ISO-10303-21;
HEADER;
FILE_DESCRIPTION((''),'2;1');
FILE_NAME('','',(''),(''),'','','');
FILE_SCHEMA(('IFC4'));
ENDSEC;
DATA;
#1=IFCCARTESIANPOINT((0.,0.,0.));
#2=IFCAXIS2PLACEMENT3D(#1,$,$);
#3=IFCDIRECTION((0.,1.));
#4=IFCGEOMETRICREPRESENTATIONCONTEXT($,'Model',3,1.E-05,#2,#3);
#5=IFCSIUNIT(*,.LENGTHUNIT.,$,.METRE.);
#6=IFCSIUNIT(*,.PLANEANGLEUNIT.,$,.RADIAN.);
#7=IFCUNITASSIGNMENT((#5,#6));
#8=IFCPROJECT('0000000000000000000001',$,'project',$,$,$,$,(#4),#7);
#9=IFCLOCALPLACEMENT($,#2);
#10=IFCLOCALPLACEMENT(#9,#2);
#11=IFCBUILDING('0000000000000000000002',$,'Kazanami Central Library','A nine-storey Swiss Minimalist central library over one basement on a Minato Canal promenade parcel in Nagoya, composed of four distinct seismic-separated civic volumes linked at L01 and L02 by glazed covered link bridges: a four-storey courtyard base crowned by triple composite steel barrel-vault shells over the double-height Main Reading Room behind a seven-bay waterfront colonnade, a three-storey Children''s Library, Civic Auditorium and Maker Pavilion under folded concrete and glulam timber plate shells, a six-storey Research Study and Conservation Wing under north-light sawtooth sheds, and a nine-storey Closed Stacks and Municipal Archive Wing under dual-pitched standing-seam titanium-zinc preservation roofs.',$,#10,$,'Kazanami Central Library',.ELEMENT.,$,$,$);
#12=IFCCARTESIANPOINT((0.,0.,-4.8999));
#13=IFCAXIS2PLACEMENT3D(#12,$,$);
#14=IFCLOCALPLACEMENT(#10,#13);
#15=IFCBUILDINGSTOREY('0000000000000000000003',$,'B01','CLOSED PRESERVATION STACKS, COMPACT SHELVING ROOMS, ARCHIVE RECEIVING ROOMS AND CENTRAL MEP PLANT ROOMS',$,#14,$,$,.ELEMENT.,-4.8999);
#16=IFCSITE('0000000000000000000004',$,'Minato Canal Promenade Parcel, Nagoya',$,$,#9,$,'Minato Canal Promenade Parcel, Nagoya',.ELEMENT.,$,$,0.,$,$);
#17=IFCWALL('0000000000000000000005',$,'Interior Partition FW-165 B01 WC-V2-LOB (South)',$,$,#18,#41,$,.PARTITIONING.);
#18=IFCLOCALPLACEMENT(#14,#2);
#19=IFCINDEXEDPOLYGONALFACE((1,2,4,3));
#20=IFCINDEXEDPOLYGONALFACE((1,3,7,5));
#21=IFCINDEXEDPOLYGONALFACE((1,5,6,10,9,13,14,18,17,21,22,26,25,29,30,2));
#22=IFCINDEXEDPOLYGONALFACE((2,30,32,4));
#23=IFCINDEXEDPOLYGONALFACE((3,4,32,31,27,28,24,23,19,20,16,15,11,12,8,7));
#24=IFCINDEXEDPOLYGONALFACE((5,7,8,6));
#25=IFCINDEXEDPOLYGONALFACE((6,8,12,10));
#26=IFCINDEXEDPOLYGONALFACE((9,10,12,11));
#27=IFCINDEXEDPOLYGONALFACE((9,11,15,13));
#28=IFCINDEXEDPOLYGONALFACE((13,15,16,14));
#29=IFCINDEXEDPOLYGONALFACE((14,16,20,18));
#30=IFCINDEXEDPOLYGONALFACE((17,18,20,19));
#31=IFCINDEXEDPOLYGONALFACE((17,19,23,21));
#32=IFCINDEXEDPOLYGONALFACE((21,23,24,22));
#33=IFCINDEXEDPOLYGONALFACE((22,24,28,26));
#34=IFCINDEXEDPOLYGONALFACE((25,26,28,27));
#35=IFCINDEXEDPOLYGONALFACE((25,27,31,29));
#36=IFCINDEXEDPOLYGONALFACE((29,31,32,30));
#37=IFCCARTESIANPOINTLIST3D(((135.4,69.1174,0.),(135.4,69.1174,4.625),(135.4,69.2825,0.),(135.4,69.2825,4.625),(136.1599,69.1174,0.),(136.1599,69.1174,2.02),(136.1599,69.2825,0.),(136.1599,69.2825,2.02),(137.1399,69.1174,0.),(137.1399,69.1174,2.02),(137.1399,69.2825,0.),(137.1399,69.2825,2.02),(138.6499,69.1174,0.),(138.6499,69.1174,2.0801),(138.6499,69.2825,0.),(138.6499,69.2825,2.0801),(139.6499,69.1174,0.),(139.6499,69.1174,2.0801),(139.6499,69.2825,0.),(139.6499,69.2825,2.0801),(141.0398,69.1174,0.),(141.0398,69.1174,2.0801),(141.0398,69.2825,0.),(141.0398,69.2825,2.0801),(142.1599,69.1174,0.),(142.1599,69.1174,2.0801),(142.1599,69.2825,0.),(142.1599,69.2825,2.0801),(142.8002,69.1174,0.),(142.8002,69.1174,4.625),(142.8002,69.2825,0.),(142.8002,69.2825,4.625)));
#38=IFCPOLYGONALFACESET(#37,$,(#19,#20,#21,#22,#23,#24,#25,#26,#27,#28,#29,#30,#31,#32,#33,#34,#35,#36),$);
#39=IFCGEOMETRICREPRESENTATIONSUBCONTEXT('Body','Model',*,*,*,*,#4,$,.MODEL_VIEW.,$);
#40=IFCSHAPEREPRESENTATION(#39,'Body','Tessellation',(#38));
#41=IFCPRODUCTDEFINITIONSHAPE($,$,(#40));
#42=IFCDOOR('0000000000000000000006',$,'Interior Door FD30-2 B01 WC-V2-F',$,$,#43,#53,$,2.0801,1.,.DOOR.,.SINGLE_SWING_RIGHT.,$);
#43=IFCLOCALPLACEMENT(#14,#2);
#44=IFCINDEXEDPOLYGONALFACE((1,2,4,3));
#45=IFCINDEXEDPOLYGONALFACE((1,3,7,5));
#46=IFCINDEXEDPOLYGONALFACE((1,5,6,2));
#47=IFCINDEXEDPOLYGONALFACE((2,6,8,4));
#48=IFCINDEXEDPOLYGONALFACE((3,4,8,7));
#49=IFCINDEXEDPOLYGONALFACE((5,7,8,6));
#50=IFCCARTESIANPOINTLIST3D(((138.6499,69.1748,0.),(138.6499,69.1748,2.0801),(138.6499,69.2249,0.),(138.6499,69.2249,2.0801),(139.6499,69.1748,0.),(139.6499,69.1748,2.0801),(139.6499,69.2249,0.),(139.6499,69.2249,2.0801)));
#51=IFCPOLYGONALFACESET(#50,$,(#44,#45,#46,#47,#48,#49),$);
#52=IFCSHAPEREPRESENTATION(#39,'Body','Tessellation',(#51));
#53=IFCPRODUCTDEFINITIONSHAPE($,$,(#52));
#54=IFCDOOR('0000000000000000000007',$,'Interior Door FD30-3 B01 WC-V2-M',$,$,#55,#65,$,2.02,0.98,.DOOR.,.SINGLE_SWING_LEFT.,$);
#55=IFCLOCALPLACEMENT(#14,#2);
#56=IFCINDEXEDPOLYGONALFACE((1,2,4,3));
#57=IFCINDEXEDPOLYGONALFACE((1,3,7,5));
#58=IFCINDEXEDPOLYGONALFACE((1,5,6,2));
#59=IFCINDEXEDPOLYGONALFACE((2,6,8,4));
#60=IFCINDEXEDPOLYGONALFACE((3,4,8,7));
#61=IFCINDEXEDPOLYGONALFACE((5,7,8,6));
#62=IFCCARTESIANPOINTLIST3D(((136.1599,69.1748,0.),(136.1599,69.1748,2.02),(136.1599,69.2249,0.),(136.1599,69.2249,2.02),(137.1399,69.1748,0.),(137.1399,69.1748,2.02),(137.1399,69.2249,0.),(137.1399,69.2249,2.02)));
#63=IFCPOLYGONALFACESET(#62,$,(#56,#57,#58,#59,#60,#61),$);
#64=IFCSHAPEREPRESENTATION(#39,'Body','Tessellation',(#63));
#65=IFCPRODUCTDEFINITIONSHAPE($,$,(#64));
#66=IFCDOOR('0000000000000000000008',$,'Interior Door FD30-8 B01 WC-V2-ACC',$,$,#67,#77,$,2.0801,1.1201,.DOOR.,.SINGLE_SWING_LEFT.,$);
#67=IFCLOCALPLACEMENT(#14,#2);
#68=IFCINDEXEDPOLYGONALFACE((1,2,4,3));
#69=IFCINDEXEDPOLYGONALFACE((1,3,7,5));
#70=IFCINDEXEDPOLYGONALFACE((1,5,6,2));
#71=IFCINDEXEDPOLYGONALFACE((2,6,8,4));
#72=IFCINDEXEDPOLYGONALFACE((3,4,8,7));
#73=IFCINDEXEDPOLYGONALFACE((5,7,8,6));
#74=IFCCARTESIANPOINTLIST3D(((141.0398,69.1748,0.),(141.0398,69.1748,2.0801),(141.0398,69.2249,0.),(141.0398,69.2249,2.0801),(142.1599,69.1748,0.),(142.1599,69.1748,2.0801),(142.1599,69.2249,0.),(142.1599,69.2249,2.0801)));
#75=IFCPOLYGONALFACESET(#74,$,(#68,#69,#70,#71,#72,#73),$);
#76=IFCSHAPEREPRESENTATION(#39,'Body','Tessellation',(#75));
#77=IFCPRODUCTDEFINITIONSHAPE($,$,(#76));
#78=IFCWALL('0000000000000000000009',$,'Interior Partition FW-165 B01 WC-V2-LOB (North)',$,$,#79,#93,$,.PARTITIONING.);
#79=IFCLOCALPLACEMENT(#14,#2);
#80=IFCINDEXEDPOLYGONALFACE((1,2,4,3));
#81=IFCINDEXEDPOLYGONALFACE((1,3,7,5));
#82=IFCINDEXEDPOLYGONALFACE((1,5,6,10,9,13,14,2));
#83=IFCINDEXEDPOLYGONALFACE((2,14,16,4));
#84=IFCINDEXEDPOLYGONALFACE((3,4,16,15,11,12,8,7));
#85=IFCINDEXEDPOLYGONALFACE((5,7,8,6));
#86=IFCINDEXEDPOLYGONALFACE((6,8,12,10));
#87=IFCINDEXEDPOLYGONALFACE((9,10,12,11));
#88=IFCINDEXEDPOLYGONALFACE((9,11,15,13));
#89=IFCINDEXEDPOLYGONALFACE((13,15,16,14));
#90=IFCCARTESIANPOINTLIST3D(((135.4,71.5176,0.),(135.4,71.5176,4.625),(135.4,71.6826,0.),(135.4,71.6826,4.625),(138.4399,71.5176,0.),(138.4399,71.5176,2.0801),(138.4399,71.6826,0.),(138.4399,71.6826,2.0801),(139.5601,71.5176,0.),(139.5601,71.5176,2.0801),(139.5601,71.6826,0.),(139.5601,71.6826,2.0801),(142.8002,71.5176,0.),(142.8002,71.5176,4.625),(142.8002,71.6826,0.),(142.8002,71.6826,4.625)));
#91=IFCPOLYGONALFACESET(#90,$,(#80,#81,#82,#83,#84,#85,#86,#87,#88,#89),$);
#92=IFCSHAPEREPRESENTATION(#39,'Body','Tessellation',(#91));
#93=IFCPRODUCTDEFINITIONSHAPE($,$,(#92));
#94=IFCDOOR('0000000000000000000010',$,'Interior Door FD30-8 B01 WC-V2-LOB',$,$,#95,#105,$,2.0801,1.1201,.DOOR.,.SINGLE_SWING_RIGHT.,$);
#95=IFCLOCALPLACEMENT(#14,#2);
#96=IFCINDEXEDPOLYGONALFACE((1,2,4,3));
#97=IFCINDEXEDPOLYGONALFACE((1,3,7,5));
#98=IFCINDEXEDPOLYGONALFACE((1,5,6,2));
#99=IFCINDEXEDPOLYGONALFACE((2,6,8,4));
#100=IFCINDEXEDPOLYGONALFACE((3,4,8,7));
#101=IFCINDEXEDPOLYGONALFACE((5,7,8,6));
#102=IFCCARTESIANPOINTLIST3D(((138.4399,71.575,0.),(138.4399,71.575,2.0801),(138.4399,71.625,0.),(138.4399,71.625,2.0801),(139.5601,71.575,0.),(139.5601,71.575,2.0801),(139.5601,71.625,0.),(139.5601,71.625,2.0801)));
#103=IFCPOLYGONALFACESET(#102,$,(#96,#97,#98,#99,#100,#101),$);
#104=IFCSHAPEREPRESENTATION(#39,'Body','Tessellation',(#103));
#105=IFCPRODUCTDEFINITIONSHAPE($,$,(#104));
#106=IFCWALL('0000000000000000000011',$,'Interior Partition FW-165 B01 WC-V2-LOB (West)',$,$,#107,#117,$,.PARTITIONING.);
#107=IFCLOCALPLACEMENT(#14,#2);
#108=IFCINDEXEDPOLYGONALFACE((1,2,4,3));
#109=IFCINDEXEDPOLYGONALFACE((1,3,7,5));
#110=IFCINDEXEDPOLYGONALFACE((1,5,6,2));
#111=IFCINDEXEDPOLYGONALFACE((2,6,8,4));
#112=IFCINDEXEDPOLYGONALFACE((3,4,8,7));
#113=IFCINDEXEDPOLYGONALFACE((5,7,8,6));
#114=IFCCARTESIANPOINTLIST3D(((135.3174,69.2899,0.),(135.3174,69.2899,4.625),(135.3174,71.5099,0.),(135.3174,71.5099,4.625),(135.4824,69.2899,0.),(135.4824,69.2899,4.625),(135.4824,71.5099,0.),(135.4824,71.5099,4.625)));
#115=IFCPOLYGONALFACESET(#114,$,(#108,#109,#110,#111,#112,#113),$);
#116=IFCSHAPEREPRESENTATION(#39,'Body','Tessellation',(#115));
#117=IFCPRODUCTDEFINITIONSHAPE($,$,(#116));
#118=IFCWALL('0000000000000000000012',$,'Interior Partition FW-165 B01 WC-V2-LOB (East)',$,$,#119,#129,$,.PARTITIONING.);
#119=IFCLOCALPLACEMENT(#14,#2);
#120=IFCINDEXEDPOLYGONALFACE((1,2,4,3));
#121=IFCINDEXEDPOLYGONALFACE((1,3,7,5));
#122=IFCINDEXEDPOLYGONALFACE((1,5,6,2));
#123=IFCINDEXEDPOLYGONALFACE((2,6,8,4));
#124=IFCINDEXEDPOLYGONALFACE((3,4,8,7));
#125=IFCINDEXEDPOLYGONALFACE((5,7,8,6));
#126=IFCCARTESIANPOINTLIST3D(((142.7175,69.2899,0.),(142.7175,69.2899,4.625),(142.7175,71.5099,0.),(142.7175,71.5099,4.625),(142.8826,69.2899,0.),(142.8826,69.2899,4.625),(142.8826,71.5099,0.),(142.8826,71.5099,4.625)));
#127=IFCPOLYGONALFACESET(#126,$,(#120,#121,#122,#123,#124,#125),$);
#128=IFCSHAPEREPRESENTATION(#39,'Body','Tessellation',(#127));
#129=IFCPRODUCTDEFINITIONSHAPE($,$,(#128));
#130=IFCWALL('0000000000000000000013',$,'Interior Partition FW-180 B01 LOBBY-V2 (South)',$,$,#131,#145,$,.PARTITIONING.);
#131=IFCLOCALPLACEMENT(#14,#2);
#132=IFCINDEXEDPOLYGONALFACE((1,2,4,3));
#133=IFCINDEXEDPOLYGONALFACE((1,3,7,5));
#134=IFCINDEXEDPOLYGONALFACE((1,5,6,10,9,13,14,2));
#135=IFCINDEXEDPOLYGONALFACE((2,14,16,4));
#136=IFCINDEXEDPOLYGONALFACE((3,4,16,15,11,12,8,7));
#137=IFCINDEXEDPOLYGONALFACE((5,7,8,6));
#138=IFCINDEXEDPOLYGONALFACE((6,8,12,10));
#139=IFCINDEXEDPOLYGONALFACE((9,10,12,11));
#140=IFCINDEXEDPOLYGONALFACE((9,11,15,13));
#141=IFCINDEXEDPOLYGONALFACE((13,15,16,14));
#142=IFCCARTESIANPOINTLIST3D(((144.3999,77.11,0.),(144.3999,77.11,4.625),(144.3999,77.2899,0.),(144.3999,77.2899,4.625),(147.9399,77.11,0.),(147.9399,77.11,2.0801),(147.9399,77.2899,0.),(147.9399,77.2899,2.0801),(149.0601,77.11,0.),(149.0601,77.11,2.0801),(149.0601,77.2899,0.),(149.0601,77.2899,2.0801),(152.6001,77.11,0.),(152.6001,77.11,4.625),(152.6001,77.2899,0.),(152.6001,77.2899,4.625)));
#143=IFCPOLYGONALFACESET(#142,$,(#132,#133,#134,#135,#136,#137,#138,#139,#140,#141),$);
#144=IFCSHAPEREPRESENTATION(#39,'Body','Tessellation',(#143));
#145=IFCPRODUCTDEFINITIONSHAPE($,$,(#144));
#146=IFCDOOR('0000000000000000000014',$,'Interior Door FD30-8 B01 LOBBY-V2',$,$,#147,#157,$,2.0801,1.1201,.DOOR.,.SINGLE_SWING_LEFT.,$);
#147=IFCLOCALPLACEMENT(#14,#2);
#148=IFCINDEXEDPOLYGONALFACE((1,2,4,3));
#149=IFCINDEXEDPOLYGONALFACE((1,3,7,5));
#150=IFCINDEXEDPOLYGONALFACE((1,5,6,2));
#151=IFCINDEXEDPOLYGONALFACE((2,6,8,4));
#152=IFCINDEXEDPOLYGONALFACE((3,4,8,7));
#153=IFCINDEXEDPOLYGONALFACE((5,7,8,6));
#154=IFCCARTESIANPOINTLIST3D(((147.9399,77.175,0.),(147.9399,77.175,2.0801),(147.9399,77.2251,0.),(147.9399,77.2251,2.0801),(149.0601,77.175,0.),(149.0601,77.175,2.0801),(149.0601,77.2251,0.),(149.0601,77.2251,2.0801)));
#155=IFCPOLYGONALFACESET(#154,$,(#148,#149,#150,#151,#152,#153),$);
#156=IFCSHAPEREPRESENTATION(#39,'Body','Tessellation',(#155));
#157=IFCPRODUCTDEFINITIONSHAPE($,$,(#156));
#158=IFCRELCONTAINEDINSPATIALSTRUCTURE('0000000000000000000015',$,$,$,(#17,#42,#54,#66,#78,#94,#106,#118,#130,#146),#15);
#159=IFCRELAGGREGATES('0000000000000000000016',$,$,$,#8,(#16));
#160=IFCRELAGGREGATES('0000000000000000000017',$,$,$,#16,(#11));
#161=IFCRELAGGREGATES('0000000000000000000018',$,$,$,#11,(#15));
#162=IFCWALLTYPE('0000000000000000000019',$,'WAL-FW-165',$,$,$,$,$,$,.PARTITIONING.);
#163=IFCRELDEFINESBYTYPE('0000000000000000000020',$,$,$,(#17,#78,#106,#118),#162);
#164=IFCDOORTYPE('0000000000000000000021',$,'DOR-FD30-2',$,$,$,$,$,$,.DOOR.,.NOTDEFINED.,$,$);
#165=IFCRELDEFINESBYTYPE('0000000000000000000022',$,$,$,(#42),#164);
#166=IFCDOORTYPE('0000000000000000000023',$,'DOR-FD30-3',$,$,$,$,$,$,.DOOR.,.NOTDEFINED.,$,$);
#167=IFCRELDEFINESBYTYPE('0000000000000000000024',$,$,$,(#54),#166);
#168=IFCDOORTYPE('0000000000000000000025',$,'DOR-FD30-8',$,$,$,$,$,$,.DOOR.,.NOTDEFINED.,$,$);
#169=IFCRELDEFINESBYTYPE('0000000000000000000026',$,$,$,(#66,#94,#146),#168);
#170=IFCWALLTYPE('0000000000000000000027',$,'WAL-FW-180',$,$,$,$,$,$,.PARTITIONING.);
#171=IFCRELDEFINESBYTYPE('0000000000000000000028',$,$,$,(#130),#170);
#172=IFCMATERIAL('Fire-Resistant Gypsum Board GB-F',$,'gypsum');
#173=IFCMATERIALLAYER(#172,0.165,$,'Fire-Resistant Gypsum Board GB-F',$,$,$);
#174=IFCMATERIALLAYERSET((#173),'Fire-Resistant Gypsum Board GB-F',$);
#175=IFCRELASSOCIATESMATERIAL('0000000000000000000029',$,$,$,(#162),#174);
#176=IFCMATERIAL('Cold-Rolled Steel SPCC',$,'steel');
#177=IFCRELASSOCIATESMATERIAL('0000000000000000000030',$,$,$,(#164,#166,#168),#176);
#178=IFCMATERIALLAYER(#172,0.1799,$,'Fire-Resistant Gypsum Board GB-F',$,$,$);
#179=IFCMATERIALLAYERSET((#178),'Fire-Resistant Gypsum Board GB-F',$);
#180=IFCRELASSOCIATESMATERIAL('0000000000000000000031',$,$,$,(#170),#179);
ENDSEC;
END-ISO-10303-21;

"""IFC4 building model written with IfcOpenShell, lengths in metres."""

from ifc_helpers import new_model, si_unit, direction, frame, frame_2d, origin, place, context, subcontext, project, spatial, rectangle, extrude, material, layer, layer_set, type_object, element, fill, save


model = new_model("IFC4")

# Units and contexts
model_context = context("Model", 3, precision=1e-05, world=origin(), true_north=direction((0.0, 1.0)))
body_context = subcontext(model_context, "Body", "Model", "MODEL_VIEW")
ifc_project = project(units=[si_unit("LENGTHUNIT", "METRE"), si_unit("PLANEANGLEUNIT", "RADIAN")], contexts=[model_context])

# Site, building, storey
site_placement = place(None, origin())
site = spatial("IfcSite", under=ifc_project, at=site_placement, Name="Minato Canal Promenade Parcel, Nagoya", LongName="Minato Canal Promenade Parcel, Nagoya", CompositionType="ELEMENT", RefElevation=0.0)
building_placement = place(site_placement, origin())
building = spatial("IfcBuilding", under=site, at=building_placement, Name="Kazanami Central Library", Description="A nine-storey Swiss Minimalist central library over one basement on a Minato Canal promenade parcel in Nagoya, composed of four distinct seismic-separated civic volumes linked at L01 and L02 by glazed covered link bridges: a four-storey courtyard base crowned by triple composite steel barrel-vault shells over the double-height Main Reading Room behind a seven-bay waterfront colonnade, a three-storey Children's Library, Civic Auditorium and Maker Pavilion under folded concrete and glulam timber plate shells, a six-storey Research Study and Conservation Wing under north-light sawtooth sheds, and a nine-storey Closed Stacks and Municipal Archive Wing under dual-pitched standing-seam titanium-zinc preservation roofs.", LongName="Kazanami Central Library", CompositionType="ELEMENT")
storey_placement = place(building_placement, frame((0.0, 0.0, -4.8999)))
storey = spatial("IfcBuildingStorey", under=building, at=storey_placement, Name="B01", Description="CLOSED PRESERVATION STACKS, COMPACT SHELVING ROOMS, ARCHIVE RECEIVING ROOMS AND CENTRAL MEP PLANT ROOMS", CompositionType="ELEMENT", Elevation=-4.8999)

# Wall, openings, doors
ifc_material_1 = material(Name="Fire-Resistant Gypsum Board GB-F", Category="gypsum")
ifc_layer_1 = layer(ifc_material_1, 0.165, Name="Fire-Resistant Gypsum Board GB-F")
ifc_layer_set_1 = layer_set([ifc_layer_1], Name="Fire-Resistant Gypsum Board GB-F")
wall_type_1 = type_object("IfcWallType", Name="WAL-FW-165", PredefinedType="PARTITIONING", material=ifc_layer_set_1)
wall_1_placement = place(storey_placement, frame((135.3999, 69.2, 0.0), z_axis=(0.0, 0.0, 1.0), x_axis=(1.0, 0.0, 0.0)))
wall_1 = element("IfcWall", 1, at=wall_1_placement, inside=storey, type_object=wall_type_1, Name="Interior Partition FW-165 B01 WC-V2-LOB (South)", PredefinedType="PARTITIONING", context=body_context, shape_type="SweptSolid", body=[
    extrude(rectangle(XDim=7.4001, YDim=0.165, at=frame_2d((3.7002, 0.0))), origin(), (0.0, 0.0, 1.0), 4.625),
])
opening_1_placement = place(wall_1_placement, frame((0.76, 0.0, 0.0)))
opening_1 = element("IfcOpeningElement", 2, at=opening_1_placement, cuts=wall_1, PredefinedType="OPENING", context=body_context, shape_type="SweptSolid", body=[
    extrude(rectangle(XDim=0.98, YDim=2.02, at=frame_2d((0.49, 1.01))), frame((0.0, 0.0945, 0.0), z_axis=(0.0, -1.0, 0.0), x_axis=(1.0, 0.0, 0.0)), (0.0, 0.0, 1.0), 0.189),
])
opening_2_placement = place(wall_1_placement, frame((3.25, 0.0, 0.0)))
opening_2 = element("IfcOpeningElement", 3, at=opening_2_placement, cuts=wall_1, PredefinedType="OPENING", context=body_context, shape_type="SweptSolid", body=[
    extrude(rectangle(XDim=1.0, YDim=2.0801, at=frame_2d((0.5, 1.04))), frame((0.0, 0.0945, 0.0), z_axis=(0.0, -1.0, 0.0), x_axis=(1.0, 0.0, 0.0)), (0.0, 0.0, 1.0), 0.189),
])
opening_3_placement = place(wall_1_placement, frame((5.6399, 0.0, 0.0)))
opening_3 = element("IfcOpeningElement", 4, at=opening_3_placement, cuts=wall_1, PredefinedType="OPENING", context=body_context, shape_type="SweptSolid", body=[
    extrude(rectangle(XDim=1.1201, YDim=2.0801, at=frame_2d((0.5601, 1.04))), frame((0.0, 0.0945, 0.0), z_axis=(0.0, -1.0, 0.0), x_axis=(1.0, 0.0, 0.0)), (0.0, 0.0, 1.0), 0.189),
])
ifc_material_2 = material(Name="Cold-Rolled Steel SPCC", Category="steel")
door_type_1 = type_object("IfcDoorType", Name="DOR-FD30-2", OperationType="NOTDEFINED", PredefinedType="DOOR", material=ifc_material_2)
door_1_placement = place(opening_2_placement, origin())
door_1 = element("IfcDoor", 5, at=door_1_placement, inside=storey, type_object=door_type_1, Name="Interior Door FD30-2 B01 WC-V2-F", OperationType="SINGLE_SWING_RIGHT", OverallHeight=2.0801, OverallWidth=1.0, PredefinedType="DOOR", context=body_context, shape_type="SweptSolid", body=[
    extrude(rectangle(XDim=1.0, YDim=2.0801, at=frame_2d((0.5, 1.04))), frame((0.0, 0.0249, 0.0), z_axis=(0.0, -1.0, 0.0), x_axis=(1.0, 0.0, 0.0)), (0.0, 0.0, 1.0), 0.05),
])
fill(opening_2, door_1)
door_type_2 = type_object("IfcDoorType", Name="DOR-FD30-3", OperationType="NOTDEFINED", PredefinedType="DOOR", material=ifc_material_2)
door_2_placement = place(opening_1_placement, origin())
door_2 = element("IfcDoor", 6, at=door_2_placement, inside=storey, type_object=door_type_2, Name="Interior Door FD30-3 B01 WC-V2-M", OperationType="SINGLE_SWING_LEFT", OverallHeight=2.02, OverallWidth=0.98, PredefinedType="DOOR", context=body_context, shape_type="SweptSolid", body=[
    extrude(rectangle(XDim=0.98, YDim=2.02, at=frame_2d((0.49, 1.01))), frame((0.0, 0.0249, 0.0), z_axis=(0.0, -1.0, 0.0), x_axis=(1.0, 0.0, 0.0)), (0.0, 0.0, 1.0), 0.05),
])
fill(opening_1, door_2)
door_type_3 = type_object("IfcDoorType", Name="DOR-FD30-8", OperationType="NOTDEFINED", PredefinedType="DOOR", material=ifc_material_2)
door_3_placement = place(opening_3_placement, origin())
door_3 = element("IfcDoor", 7, at=door_3_placement, inside=storey, type_object=door_type_3, Name="Interior Door FD30-8 B01 WC-V2-ACC", OperationType="SINGLE_SWING_LEFT", OverallHeight=2.0801, OverallWidth=1.1201, PredefinedType="DOOR", context=body_context, shape_type="SweptSolid", body=[
    extrude(rectangle(XDim=1.1201, YDim=2.0801, at=frame_2d((0.5601, 1.04))), frame((0.0, 0.0249, 0.0), z_axis=(0.0, -1.0, 0.0), x_axis=(1.0, 0.0, 0.0)), (0.0, 0.0, 1.0), 0.05),
])
fill(opening_3, door_3)

# Wall, opening, door
wall_2_placement = place(storey_placement, frame((135.3999, 71.6001, 0.0), z_axis=(0.0, 0.0, 1.0), x_axis=(1.0, 0.0, 0.0)))
wall_2 = element("IfcWall", 8, at=wall_2_placement, inside=storey, type_object=wall_type_1, Name="Interior Partition FW-165 B01 WC-V2-LOB (North)", PredefinedType="PARTITIONING", context=body_context, shape_type="SweptSolid", body=[
    extrude(rectangle(XDim=7.4001, YDim=0.165, at=frame_2d((3.7002, 0.0))), origin(), (0.0, 0.0, 1.0), 4.625),
])
opening_4_placement = place(wall_2_placement, frame((3.04, 0.0, 0.0)))
opening_4 = element("IfcOpeningElement", 9, at=opening_4_placement, cuts=wall_2, PredefinedType="OPENING", context=body_context, shape_type="SweptSolid", body=[
    extrude(rectangle(XDim=1.1201, YDim=2.0801, at=frame_2d((0.5601, 1.04))), frame((0.0, 0.0945, 0.0), z_axis=(0.0, -1.0, 0.0), x_axis=(1.0, 0.0, 0.0)), (0.0, 0.0, 1.0), 0.189),
])
door_4_placement = place(opening_4_placement, origin())
door_4 = element("IfcDoor", 10, at=door_4_placement, inside=storey, type_object=door_type_3, Name="Interior Door FD30-8 B01 WC-V2-LOB", OperationType="SINGLE_SWING_RIGHT", OverallHeight=2.0801, OverallWidth=1.1201, PredefinedType="DOOR", context=body_context, shape_type="SweptSolid", body=[
    extrude(rectangle(XDim=1.1201, YDim=2.0801, at=frame_2d((0.5601, 1.04))), frame((0.0, 0.0249, 0.0), z_axis=(0.0, -1.0, 0.0), x_axis=(1.0, 0.0, 0.0)), (0.0, 0.0, 1.0), 0.05),
])
fill(opening_4, door_4)

# Walls
for number, where, z_axis, x_axis, name in (
    (11, (135.3999, 69.29, 0.0), (0.0, 0.0, 1.0), (0.0, 1.0, 0.0), "Interior Partition FW-165 B01 WC-V2-LOB (West)"),
    (12, (142.8, 69.29, 0.0), (0.0, 0.0, 1.0), (0.0, 1.0, 0.0), "Interior Partition FW-165 B01 WC-V2-LOB (East)"),
):
    element("IfcWall", number, at=place(storey_placement, frame(where, z_axis=z_axis, x_axis=x_axis)), inside=storey, type_object=wall_type_1, Name=name, PredefinedType="PARTITIONING", context=body_context, shape_type="SweptSolid", body=[
        extrude(rectangle(XDim=2.22, YDim=0.165, at=frame_2d((1.1099, 0.0))), origin(), (0.0, 0.0, 1.0), 4.625),
    ])

# Wall, opening, door
ifc_layer_2 = layer(ifc_material_1, 0.1799, Name="Fire-Resistant Gypsum Board GB-F")
ifc_layer_set_2 = layer_set([ifc_layer_2], Name="Fire-Resistant Gypsum Board GB-F")
wall_type_2 = type_object("IfcWallType", Name="WAL-FW-180", PredefinedType="PARTITIONING", material=ifc_layer_set_2)
wall_3_placement = place(storey_placement, frame((144.3999, 77.2, 0.0), z_axis=(0.0, 0.0, 1.0), x_axis=(1.0, 0.0, 0.0)))
wall_3 = element("IfcWall", 13, at=wall_3_placement, inside=storey, type_object=wall_type_2, Name="Interior Partition FW-180 B01 LOBBY-V2 (South)", PredefinedType="PARTITIONING", context=body_context, shape_type="SweptSolid", body=[
    extrude(rectangle(XDim=8.2002, YDim=0.1799, at=frame_2d((4.1001, 0.0))), origin(), (0.0, 0.0, 1.0), 4.625),
])
opening_5_placement = place(wall_3_placement, frame((3.54, 0.0, 0.0)))
opening_5 = element("IfcOpeningElement", 14, at=opening_5_placement, cuts=wall_3, PredefinedType="OPENING", context=body_context, shape_type="SweptSolid", body=[
    extrude(rectangle(XDim=1.1201, YDim=2.0801, at=frame_2d((0.5601, 1.04))), frame((0.0, 0.1021, 0.0), z_axis=(0.0, -1.0, 0.0), x_axis=(1.0, 0.0, 0.0)), (0.0, 0.0, 1.0), 0.2039),
])
door_5_placement = place(opening_5_placement, frame((1.1201, 0.0, 0.0), z_axis=(0.0, 0.0, 1.0), x_axis=(-1.0, 0.0, 0.0)))
door_5 = element("IfcDoor", 15, at=door_5_placement, inside=storey, type_object=door_type_3, Name="Interior Door FD30-8 B01 LOBBY-V2", OperationType="SINGLE_SWING_LEFT", OverallHeight=2.0801, OverallWidth=1.1201, PredefinedType="DOOR", context=body_context, shape_type="SweptSolid", body=[
    extrude(rectangle(XDim=1.1201, YDim=2.0801, at=frame_2d((0.5601, 1.04))), frame((0.0, 0.0249, 0.0), z_axis=(0.0, -1.0, 0.0), x_axis=(1.0, 0.0, 0.0)), (0.0, 0.0, 1.0), 0.05),
])
fill(opening_5, door_5)

save(model, "model.ifc")
